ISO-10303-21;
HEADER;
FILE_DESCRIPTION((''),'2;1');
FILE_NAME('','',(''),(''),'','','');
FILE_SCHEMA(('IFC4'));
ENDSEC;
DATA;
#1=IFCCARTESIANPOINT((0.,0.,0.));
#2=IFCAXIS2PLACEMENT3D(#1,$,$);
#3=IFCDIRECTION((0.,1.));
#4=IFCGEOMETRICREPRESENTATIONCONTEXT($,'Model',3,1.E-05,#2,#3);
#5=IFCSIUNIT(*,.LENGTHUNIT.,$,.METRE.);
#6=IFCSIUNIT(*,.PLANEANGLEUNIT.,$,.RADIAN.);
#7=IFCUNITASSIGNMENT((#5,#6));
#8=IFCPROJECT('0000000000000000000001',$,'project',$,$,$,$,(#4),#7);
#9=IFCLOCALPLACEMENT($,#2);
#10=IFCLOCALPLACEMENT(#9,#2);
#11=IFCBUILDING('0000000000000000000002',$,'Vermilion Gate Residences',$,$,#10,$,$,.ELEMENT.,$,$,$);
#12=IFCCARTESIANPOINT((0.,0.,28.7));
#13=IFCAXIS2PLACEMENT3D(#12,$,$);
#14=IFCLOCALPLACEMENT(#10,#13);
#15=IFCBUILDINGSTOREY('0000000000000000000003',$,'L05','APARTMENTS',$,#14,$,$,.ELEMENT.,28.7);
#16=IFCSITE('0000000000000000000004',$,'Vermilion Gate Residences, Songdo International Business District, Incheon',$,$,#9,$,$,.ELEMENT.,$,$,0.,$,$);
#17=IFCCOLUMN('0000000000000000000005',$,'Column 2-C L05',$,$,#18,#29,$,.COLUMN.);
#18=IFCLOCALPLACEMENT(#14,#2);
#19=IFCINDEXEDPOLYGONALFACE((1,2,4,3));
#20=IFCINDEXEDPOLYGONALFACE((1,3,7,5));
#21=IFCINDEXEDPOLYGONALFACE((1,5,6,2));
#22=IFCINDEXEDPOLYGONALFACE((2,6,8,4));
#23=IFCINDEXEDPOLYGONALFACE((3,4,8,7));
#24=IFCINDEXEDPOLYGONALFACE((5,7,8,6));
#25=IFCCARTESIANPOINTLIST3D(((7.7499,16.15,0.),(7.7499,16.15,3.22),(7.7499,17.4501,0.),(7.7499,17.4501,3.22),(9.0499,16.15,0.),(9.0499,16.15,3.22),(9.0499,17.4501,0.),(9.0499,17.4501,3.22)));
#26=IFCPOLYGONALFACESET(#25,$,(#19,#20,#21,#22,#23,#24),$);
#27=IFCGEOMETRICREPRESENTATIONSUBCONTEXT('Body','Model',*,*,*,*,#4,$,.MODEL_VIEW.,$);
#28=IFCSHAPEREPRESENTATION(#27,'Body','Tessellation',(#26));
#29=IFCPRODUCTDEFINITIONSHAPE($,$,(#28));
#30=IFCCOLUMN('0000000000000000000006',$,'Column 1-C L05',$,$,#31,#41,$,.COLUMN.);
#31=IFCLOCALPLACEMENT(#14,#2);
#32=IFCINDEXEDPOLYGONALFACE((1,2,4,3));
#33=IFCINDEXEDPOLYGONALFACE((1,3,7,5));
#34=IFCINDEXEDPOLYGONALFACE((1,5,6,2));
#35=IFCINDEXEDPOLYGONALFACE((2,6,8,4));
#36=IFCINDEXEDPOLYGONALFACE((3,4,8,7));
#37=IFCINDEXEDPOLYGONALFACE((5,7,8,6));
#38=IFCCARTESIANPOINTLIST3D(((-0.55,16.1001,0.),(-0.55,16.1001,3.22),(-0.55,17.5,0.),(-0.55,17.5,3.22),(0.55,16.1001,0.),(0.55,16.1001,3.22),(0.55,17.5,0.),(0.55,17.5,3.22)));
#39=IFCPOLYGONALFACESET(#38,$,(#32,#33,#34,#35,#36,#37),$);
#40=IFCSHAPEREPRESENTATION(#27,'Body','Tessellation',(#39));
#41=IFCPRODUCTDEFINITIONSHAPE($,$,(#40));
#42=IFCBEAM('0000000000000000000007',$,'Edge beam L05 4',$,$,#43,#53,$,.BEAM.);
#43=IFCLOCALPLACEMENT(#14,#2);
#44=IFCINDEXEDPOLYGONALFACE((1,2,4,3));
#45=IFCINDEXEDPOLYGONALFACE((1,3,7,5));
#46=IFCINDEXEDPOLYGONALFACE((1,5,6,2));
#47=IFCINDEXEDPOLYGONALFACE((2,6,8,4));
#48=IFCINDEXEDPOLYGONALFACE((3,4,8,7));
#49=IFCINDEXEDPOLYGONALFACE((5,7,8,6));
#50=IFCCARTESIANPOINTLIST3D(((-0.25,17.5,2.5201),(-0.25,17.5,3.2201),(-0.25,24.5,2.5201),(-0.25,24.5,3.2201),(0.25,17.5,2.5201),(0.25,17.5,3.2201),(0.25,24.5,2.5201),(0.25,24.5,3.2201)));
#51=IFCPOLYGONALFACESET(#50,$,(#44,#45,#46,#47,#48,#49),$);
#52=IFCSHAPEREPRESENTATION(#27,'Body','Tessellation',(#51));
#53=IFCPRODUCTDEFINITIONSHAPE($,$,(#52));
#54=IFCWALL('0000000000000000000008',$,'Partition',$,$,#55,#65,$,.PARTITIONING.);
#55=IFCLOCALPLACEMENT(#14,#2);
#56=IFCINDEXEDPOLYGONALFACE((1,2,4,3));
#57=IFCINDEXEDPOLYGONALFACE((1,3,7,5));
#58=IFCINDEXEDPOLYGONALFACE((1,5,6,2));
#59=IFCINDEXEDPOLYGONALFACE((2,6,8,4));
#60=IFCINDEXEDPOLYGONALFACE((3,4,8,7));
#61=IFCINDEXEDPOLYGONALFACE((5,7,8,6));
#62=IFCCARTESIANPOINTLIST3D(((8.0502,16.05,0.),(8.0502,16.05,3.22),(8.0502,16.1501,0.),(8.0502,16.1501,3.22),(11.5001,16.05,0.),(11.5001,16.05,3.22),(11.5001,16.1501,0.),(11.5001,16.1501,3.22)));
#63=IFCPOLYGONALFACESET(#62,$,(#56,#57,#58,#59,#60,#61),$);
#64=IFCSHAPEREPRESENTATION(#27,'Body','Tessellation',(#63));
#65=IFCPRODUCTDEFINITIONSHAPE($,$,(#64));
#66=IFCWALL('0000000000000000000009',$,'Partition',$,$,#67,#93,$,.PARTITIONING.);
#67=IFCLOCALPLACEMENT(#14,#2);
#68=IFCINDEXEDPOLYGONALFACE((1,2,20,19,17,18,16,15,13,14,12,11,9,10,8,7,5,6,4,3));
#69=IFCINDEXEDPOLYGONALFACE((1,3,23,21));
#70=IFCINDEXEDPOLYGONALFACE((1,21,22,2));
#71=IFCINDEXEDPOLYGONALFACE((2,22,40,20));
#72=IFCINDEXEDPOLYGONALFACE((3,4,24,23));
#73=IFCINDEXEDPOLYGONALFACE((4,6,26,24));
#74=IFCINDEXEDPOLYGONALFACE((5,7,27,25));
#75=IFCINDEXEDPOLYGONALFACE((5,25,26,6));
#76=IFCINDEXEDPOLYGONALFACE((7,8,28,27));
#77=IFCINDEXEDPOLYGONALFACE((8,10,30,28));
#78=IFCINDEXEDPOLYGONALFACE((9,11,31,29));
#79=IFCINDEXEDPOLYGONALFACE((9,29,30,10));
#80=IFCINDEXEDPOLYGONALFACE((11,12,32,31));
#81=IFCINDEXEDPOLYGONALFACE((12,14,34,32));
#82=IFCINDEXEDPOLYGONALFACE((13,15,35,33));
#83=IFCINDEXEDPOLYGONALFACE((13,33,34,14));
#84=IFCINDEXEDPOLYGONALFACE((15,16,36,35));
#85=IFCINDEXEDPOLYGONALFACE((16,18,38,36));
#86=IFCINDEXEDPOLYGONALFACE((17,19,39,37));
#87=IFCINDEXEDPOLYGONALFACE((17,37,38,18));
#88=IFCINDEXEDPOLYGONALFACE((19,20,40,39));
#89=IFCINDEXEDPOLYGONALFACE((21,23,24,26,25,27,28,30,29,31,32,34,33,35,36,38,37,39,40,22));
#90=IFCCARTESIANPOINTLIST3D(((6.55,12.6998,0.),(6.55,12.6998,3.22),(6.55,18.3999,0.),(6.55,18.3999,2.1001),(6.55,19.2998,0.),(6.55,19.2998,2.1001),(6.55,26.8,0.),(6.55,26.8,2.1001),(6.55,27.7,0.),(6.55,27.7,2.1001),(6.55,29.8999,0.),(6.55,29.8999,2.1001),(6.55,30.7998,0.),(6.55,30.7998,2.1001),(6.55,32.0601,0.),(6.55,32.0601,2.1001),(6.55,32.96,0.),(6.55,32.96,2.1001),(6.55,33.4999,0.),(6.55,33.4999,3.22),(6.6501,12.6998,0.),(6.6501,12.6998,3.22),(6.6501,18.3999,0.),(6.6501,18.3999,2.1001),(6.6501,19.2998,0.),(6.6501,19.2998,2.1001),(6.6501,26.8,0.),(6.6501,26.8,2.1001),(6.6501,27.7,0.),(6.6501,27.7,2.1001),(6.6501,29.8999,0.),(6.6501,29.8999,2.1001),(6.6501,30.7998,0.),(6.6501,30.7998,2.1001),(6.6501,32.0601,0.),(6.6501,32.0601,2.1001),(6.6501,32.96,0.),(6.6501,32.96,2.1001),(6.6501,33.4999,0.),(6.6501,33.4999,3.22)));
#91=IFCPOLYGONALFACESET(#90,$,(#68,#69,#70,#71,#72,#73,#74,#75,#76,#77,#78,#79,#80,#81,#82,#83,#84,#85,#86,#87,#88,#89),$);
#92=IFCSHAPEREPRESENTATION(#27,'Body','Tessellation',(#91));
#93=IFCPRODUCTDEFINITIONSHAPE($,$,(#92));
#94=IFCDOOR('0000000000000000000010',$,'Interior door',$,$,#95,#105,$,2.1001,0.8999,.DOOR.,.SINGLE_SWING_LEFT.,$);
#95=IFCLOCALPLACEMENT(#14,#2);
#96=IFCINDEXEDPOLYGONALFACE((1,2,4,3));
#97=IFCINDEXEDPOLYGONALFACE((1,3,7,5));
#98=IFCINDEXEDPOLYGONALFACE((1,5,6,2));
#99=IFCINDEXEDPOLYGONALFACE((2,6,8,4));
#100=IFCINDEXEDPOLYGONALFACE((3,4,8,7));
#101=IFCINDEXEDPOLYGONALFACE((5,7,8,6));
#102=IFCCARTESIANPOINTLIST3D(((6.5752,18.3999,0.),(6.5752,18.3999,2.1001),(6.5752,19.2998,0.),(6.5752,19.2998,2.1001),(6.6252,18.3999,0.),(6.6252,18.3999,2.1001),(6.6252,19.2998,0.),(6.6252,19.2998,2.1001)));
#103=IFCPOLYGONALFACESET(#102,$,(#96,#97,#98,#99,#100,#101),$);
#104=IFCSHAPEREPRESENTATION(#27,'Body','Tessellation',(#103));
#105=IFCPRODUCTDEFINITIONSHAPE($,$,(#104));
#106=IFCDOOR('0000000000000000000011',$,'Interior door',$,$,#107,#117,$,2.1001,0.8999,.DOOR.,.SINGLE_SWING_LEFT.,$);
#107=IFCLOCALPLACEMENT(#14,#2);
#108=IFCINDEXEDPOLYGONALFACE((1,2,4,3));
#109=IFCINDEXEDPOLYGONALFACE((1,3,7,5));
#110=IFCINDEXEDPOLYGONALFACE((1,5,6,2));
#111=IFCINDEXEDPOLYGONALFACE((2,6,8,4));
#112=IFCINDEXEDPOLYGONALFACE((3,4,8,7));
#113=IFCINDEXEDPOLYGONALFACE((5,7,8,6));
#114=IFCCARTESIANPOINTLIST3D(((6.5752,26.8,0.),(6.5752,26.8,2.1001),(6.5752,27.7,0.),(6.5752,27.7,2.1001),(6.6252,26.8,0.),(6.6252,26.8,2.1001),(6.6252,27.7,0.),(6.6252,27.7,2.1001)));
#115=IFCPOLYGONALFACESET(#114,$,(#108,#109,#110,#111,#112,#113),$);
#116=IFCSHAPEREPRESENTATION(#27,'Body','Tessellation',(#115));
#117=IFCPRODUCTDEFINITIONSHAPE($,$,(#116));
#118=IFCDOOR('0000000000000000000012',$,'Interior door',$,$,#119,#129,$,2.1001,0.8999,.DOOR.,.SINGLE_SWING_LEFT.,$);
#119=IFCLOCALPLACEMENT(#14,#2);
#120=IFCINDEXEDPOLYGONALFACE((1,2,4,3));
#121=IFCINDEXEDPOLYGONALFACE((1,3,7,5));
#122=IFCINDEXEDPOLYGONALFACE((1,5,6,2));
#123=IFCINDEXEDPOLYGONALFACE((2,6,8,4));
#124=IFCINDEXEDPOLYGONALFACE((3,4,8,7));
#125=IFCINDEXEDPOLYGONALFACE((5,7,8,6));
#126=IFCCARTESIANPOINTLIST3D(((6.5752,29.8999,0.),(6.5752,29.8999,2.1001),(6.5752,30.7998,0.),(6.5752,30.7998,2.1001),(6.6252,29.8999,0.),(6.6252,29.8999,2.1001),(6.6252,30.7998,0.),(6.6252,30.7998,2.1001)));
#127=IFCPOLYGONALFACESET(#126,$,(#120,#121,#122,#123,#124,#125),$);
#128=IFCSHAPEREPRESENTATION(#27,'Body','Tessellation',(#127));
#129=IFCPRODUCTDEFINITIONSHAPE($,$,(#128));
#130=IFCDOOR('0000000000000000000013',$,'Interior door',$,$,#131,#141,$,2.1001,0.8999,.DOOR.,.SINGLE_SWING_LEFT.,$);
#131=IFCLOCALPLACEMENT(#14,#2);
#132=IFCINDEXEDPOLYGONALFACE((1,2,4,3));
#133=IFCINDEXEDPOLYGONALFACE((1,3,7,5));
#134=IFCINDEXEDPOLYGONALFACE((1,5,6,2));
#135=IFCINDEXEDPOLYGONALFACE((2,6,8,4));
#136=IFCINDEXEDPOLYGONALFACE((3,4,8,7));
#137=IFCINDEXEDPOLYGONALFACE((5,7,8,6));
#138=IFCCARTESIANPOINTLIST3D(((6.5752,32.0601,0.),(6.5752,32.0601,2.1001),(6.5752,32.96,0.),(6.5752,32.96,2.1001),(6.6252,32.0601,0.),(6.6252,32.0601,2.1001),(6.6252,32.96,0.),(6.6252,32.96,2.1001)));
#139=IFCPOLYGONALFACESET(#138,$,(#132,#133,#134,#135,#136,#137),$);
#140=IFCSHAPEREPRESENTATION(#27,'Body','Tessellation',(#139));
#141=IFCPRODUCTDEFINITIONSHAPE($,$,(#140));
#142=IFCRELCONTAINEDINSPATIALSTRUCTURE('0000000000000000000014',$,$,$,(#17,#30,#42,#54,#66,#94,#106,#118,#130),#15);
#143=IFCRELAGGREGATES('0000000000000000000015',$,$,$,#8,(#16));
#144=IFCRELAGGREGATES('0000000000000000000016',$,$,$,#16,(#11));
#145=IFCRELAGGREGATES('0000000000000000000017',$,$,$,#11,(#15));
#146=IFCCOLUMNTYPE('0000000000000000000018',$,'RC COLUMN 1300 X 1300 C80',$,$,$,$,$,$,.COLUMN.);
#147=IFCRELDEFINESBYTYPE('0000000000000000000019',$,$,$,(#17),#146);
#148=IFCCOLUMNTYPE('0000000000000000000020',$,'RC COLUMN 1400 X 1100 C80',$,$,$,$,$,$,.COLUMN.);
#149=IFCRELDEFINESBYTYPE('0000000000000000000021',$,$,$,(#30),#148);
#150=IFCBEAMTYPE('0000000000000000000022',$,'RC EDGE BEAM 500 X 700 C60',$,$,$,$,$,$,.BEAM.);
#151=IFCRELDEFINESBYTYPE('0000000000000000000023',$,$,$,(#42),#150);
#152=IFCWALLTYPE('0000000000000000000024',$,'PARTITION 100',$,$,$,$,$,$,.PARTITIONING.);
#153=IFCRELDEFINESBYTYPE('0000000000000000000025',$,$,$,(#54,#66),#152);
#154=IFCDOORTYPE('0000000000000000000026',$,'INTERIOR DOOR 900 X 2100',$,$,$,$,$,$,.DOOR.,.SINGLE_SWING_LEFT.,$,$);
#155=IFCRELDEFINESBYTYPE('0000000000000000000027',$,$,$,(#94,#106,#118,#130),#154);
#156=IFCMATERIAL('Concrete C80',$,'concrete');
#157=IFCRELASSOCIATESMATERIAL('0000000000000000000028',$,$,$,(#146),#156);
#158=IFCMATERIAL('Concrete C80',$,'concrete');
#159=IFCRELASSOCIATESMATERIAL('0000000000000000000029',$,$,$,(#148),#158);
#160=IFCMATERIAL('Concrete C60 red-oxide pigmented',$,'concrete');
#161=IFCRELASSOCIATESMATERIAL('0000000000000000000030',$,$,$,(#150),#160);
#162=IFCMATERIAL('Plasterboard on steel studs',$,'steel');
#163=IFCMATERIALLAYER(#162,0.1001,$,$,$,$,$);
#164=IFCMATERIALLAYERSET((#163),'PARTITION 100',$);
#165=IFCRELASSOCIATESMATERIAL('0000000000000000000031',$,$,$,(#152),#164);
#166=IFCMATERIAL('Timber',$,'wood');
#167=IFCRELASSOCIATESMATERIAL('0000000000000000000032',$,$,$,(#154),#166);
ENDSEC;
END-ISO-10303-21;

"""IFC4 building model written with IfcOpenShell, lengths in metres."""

from ifc_helpers import new_model, si_unit, direction, frame, frame_2d, origin, origin_2d, place, context, subcontext, project, spatial, rectangle, extrude, material, layer, layer_set, material_profile, profile_set, type_object, element, fill, save


model = new_model("IFC4")

# Units and contexts
model_context = context("Model", 3, precision=1e-05, world=origin(), true_north=direction((0.0, 1.0)))
body_context = subcontext(model_context, "Body", "Model", "MODEL_VIEW")
ifc_project = project(units=[si_unit("LENGTHUNIT", "METRE"), si_unit("PLANEANGLEUNIT", "RADIAN")], contexts=[model_context])

# Site, building, storey
site_placement = place(None, origin())
site = spatial("IfcSite", under=ifc_project, at=site_placement, Name="Vermilion Gate Residences, Songdo International Business District, Incheon", CompositionType="ELEMENT", RefElevation=0.0)
building_placement = place(site_placement, origin())
building = spatial("IfcBuilding", under=site, at=building_placement, Name="Vermilion Gate Residences", CompositionType="ELEMENT")
storey_placement = place(building_placement, frame((0.0, 0.0, 28.7)))
storey = spatial("IfcBuildingStorey", under=building, at=storey_placement, Name="L05", Description="APARTMENTS", CompositionType="ELEMENT", Elevation=28.7)

# Columns
ifc_material_1 = material(Name="Concrete C80", Category="concrete")
ifc_material_profile_1 = material_profile(ifc_material_1, rectangle(XDim=1.3, YDim=1.3, at=origin_2d()), Name="RC-1300x1300")
ifc_profile_set_1 = profile_set([ifc_material_profile_1], Name="Concrete C80")
column_type_1 = type_object("IfcColumnType", Name="RC COLUMN 1300 X 1300 C80", PredefinedType="COLUMN", material=ifc_profile_set_1)
column_1_placement = place(storey_placement, frame((8.3999, 16.8, 0.0), z_axis=(0.0, 0.0, 1.0), x_axis=(1.0, 0.0, 0.0)))
element("IfcColumn", 1, at=column_1_placement, inside=storey, type_object=column_type_1, Name="Column 2-C L05", PredefinedType="COLUMN", context=body_context, shape_type="SweptSolid", body=[
    extrude(rectangle(XDim=1.3, YDim=1.3, at=origin_2d()), origin(), (0.0, 0.0, 1.0), 3.22),
])
ifc_material_2 = material(Name="Concrete C80", Category="concrete")
ifc_material_profile_2 = material_profile(ifc_material_2, rectangle(XDim=1.3999, YDim=1.1001, at=origin_2d()), Name="RC-1400x1100")
ifc_profile_set_2 = profile_set([ifc_material_profile_2], Name="Concrete C80")
column_type_2 = type_object("IfcColumnType", Name="RC COLUMN 1400 X 1100 C80", PredefinedType="COLUMN", material=ifc_profile_set_2)
column_2_placement = place(storey_placement, frame((0.0, 16.8, 0.0), z_axis=(0.0, 0.0, 1.0), x_axis=(0.0, 1.0, 0.0)))
element("IfcColumn", 2, at=column_2_placement, inside=storey, type_object=column_type_2, Name="Column 1-C L05", PredefinedType="COLUMN", context=body_context, shape_type="SweptSolid", body=[
    extrude(rectangle(XDim=1.3999, YDim=1.1001, at=origin_2d()), origin(), (0.0, 0.0, 1.0), 3.22),
])

# Beam
ifc_material_3 = material(Name="Concrete C60 red-oxide pigmented", Category="concrete")
ifc_material_profile_3 = material_profile(ifc_material_3, rectangle(XDim=0.5, YDim=0.7, at=origin_2d()), Name="RC-500x700")
ifc_profile_set_3 = profile_set([ifc_material_profile_3], Name="Concrete C60 red-oxide pigmented")
beam_type = type_object("IfcBeamType", Name="RC EDGE BEAM 500 X 700 C60", PredefinedType="BEAM", material=ifc_profile_set_3)
beam_placement = place(storey_placement, frame((0.0, 17.5, 2.8701), z_axis=(0.0, 1.0, 0.0), x_axis=(-1.0, 0.0, 0.0)))
element("IfcBeam", 3, at=beam_placement, inside=storey, type_object=beam_type, Name="Edge beam L05 4", PredefinedType="BEAM", context=body_context, shape_type="SweptSolid", body=[
    extrude(rectangle(XDim=0.5, YDim=0.7, at=origin_2d()), origin(), (0.0, 0.0, 1.0), 7.0),
])

# Wall
ifc_material_4 = material(Name="Plasterboard on steel studs", Category="steel")
ifc_layer_1 = layer(ifc_material_4, 0.1001)
ifc_layer_set_1 = layer_set([ifc_layer_1], Name="PARTITION 100")
wall_type_1 = type_object("IfcWallType", Name="PARTITION 100", PredefinedType="PARTITIONING", material=ifc_layer_set_1)
wall_1_placement = place(storey_placement, frame((8.05, 16.1001, 0.0), z_axis=(0.0, 0.0, 1.0), x_axis=(1.0, 0.0, 0.0)))
element("IfcWall", 4, at=wall_1_placement, inside=storey, type_object=wall_type_1, Name="Partition", PredefinedType="PARTITIONING", context=body_context, shape_type="SweptSolid", body=[
    extrude(rectangle(XDim=3.45, YDim=0.1001, at=frame_2d((1.7251, 0.0))), origin(), (0.0, 0.0, 1.0), 3.22),
])

# Wall, openings, doors
wall_2_placement = place(storey_placement, frame((6.6001, 12.7, 0.0), z_axis=(0.0, 0.0, 1.0), x_axis=(0.0, 1.0, 0.0)))
wall_2 = element("IfcWall", 5, at=wall_2_placement, inside=storey, type_object=wall_type_1, Name="Partition", PredefinedType="PARTITIONING", context=body_context, shape_type="SweptSolid", body=[
    extrude(rectangle(XDim=20.8, YDim=0.1001, at=frame_2d((10.3999, 0.0))), origin(), (0.0, 0.0, 1.0), 3.22),
])
opening_1_placement = place(wall_2_placement, frame((5.7, 0.0, 0.0)))
opening_1 = element("IfcOpeningElement", 6, at=opening_1_placement, cuts=wall_2, PredefinedType="OPENING", context=body_context, shape_type="SweptSolid", body=[
    extrude(rectangle(XDim=0.8999, YDim=2.1001, at=frame_2d((0.45, 1.05))), frame((0.0, 0.0601, 0.0), z_axis=(0.0, -1.0, 0.0), x_axis=(1.0, 0.0, 0.0)), (0.0, 0.0, 1.0), 0.1201),
])
opening_2_placement = place(wall_2_placement, frame((14.1001, 0.0, 0.0)))
opening_2 = element("IfcOpeningElement", 7, at=opening_2_placement, cuts=wall_2, PredefinedType="OPENING", context=body_context, shape_type="SweptSolid", body=[
    extrude(rectangle(XDim=0.8999, YDim=2.1001, at=frame_2d((0.45, 1.05))), frame((0.0, 0.0601, 0.0), z_axis=(0.0, -1.0, 0.0), x_axis=(1.0, 0.0, 0.0)), (0.0, 0.0, 1.0), 0.1201),
])
opening_3_placement = place(wall_2_placement, frame((17.2, 0.0, 0.0)))
opening_3 = element("IfcOpeningElement", 8, at=opening_3_placement, cuts=wall_2, PredefinedType="OPENING", context=body_context, shape_type="SweptSolid", body=[
    extrude(rectangle(XDim=0.8999, YDim=2.1001, at=frame_2d((0.45, 1.05))), frame((0.0, 0.0601, 0.0), z_axis=(0.0, -1.0, 0.0), x_axis=(1.0, 0.0, 0.0)), (0.0, 0.0, 1.0), 0.1201),
])
opening_4_placement = place(wall_2_placement, frame((19.3601, 0.0, 0.0)))
opening_4 = element("IfcOpeningElement", 9, at=opening_4_placement, cuts=wall_2, PredefinedType="OPENING", context=body_context, shape_type="SweptSolid", body=[
    extrude(rectangle(XDim=0.8999, YDim=2.1001, at=frame_2d((0.45, 1.05))), frame((0.0, 0.0601, 0.0), z_axis=(0.0, -1.0, 0.0), x_axis=(1.0, 0.0, 0.0)), (0.0, 0.0, 1.0), 0.1201),
])
ifc_material_5 = material(Name="Timber", Category="wood")
door_type = type_object("IfcDoorType", Name="INTERIOR DOOR 900 X 2100", OperationType="SINGLE_SWING_LEFT", PredefinedType="DOOR", material=ifc_material_5)
door_1_placement = place(opening_1_placement, origin())
door_1 = element("IfcDoor", 10, at=door_1_placement, inside=storey, type_object=door_type, Name="Interior door", OperationType="SINGLE_SWING_LEFT", OverallHeight=2.1001, OverallWidth=0.8999, PredefinedType="DOOR", context=body_context, shape_type="SweptSolid", body=[
    extrude(rectangle(XDim=0.8999, YDim=2.1001, at=frame_2d((0.45, 1.05))), frame((0.0, 0.0249, 0.0), z_axis=(0.0, -1.0, 0.0), x_axis=(1.0, 0.0, 0.0)), (0.0, 0.0, 1.0), 0.05),
])
fill(opening_1, door_1)
door_2_placement = place(opening_2_placement, origin())
door_2 = element("IfcDoor", 11, at=door_2_placement, inside=storey, type_object=door_type, Name="Interior door", OperationType="SINGLE_SWING_LEFT", OverallHeight=2.1001, OverallWidth=0.8999, PredefinedType="DOOR", context=body_context, shape_type="SweptSolid", body=[
    extrude(rectangle(XDim=0.8999, YDim=2.1001, at=frame_2d((0.45, 1.05))), frame((0.0, 0.0249, 0.0), z_axis=(0.0, -1.0, 0.0), x_axis=(1.0, 0.0, 0.0)), (0.0, 0.0, 1.0), 0.05),
])
fill(opening_2, door_2)
door_3_placement = place(opening_3_placement, origin())
door_3 = element("IfcDoor", 12, at=door_3_placement, inside=storey, type_object=door_type, Name="Interior door", OperationType="SINGLE_SWING_LEFT", OverallHeight=2.1001, OverallWidth=0.8999, PredefinedType="DOOR", context=body_context, shape_type="SweptSolid", body=[
    extrude(rectangle(XDim=0.8999, YDim=2.1001, at=frame_2d((0.45, 1.05))), frame((0.0, 0.0249, 0.0), z_axis=(0.0, -1.0, 0.0), x_axis=(1.0, 0.0, 0.0)), (0.0, 0.0, 1.0), 0.05),
])
fill(opening_3, door_3)
door_4_placement = place(opening_4_placement, origin())
door_4 = element("IfcDoor", 13, at=door_4_placement, inside=storey, type_object=door_type, Name="Interior door", OperationType="SINGLE_SWING_LEFT", OverallHeight=2.1001, OverallWidth=0.8999, PredefinedType="DOOR", context=body_context, shape_type="SweptSolid", body=[
    extrude(rectangle(XDim=0.8999, YDim=2.1001, at=frame_2d((0.45, 1.05))), frame((0.0, 0.0249, 0.0), z_axis=(0.0, -1.0, 0.0), x_axis=(1.0, 0.0, 0.0)), (0.0, 0.0, 1.0), 0.05),
])
fill(opening_4, door_4)

save(model, "model.ifc")
